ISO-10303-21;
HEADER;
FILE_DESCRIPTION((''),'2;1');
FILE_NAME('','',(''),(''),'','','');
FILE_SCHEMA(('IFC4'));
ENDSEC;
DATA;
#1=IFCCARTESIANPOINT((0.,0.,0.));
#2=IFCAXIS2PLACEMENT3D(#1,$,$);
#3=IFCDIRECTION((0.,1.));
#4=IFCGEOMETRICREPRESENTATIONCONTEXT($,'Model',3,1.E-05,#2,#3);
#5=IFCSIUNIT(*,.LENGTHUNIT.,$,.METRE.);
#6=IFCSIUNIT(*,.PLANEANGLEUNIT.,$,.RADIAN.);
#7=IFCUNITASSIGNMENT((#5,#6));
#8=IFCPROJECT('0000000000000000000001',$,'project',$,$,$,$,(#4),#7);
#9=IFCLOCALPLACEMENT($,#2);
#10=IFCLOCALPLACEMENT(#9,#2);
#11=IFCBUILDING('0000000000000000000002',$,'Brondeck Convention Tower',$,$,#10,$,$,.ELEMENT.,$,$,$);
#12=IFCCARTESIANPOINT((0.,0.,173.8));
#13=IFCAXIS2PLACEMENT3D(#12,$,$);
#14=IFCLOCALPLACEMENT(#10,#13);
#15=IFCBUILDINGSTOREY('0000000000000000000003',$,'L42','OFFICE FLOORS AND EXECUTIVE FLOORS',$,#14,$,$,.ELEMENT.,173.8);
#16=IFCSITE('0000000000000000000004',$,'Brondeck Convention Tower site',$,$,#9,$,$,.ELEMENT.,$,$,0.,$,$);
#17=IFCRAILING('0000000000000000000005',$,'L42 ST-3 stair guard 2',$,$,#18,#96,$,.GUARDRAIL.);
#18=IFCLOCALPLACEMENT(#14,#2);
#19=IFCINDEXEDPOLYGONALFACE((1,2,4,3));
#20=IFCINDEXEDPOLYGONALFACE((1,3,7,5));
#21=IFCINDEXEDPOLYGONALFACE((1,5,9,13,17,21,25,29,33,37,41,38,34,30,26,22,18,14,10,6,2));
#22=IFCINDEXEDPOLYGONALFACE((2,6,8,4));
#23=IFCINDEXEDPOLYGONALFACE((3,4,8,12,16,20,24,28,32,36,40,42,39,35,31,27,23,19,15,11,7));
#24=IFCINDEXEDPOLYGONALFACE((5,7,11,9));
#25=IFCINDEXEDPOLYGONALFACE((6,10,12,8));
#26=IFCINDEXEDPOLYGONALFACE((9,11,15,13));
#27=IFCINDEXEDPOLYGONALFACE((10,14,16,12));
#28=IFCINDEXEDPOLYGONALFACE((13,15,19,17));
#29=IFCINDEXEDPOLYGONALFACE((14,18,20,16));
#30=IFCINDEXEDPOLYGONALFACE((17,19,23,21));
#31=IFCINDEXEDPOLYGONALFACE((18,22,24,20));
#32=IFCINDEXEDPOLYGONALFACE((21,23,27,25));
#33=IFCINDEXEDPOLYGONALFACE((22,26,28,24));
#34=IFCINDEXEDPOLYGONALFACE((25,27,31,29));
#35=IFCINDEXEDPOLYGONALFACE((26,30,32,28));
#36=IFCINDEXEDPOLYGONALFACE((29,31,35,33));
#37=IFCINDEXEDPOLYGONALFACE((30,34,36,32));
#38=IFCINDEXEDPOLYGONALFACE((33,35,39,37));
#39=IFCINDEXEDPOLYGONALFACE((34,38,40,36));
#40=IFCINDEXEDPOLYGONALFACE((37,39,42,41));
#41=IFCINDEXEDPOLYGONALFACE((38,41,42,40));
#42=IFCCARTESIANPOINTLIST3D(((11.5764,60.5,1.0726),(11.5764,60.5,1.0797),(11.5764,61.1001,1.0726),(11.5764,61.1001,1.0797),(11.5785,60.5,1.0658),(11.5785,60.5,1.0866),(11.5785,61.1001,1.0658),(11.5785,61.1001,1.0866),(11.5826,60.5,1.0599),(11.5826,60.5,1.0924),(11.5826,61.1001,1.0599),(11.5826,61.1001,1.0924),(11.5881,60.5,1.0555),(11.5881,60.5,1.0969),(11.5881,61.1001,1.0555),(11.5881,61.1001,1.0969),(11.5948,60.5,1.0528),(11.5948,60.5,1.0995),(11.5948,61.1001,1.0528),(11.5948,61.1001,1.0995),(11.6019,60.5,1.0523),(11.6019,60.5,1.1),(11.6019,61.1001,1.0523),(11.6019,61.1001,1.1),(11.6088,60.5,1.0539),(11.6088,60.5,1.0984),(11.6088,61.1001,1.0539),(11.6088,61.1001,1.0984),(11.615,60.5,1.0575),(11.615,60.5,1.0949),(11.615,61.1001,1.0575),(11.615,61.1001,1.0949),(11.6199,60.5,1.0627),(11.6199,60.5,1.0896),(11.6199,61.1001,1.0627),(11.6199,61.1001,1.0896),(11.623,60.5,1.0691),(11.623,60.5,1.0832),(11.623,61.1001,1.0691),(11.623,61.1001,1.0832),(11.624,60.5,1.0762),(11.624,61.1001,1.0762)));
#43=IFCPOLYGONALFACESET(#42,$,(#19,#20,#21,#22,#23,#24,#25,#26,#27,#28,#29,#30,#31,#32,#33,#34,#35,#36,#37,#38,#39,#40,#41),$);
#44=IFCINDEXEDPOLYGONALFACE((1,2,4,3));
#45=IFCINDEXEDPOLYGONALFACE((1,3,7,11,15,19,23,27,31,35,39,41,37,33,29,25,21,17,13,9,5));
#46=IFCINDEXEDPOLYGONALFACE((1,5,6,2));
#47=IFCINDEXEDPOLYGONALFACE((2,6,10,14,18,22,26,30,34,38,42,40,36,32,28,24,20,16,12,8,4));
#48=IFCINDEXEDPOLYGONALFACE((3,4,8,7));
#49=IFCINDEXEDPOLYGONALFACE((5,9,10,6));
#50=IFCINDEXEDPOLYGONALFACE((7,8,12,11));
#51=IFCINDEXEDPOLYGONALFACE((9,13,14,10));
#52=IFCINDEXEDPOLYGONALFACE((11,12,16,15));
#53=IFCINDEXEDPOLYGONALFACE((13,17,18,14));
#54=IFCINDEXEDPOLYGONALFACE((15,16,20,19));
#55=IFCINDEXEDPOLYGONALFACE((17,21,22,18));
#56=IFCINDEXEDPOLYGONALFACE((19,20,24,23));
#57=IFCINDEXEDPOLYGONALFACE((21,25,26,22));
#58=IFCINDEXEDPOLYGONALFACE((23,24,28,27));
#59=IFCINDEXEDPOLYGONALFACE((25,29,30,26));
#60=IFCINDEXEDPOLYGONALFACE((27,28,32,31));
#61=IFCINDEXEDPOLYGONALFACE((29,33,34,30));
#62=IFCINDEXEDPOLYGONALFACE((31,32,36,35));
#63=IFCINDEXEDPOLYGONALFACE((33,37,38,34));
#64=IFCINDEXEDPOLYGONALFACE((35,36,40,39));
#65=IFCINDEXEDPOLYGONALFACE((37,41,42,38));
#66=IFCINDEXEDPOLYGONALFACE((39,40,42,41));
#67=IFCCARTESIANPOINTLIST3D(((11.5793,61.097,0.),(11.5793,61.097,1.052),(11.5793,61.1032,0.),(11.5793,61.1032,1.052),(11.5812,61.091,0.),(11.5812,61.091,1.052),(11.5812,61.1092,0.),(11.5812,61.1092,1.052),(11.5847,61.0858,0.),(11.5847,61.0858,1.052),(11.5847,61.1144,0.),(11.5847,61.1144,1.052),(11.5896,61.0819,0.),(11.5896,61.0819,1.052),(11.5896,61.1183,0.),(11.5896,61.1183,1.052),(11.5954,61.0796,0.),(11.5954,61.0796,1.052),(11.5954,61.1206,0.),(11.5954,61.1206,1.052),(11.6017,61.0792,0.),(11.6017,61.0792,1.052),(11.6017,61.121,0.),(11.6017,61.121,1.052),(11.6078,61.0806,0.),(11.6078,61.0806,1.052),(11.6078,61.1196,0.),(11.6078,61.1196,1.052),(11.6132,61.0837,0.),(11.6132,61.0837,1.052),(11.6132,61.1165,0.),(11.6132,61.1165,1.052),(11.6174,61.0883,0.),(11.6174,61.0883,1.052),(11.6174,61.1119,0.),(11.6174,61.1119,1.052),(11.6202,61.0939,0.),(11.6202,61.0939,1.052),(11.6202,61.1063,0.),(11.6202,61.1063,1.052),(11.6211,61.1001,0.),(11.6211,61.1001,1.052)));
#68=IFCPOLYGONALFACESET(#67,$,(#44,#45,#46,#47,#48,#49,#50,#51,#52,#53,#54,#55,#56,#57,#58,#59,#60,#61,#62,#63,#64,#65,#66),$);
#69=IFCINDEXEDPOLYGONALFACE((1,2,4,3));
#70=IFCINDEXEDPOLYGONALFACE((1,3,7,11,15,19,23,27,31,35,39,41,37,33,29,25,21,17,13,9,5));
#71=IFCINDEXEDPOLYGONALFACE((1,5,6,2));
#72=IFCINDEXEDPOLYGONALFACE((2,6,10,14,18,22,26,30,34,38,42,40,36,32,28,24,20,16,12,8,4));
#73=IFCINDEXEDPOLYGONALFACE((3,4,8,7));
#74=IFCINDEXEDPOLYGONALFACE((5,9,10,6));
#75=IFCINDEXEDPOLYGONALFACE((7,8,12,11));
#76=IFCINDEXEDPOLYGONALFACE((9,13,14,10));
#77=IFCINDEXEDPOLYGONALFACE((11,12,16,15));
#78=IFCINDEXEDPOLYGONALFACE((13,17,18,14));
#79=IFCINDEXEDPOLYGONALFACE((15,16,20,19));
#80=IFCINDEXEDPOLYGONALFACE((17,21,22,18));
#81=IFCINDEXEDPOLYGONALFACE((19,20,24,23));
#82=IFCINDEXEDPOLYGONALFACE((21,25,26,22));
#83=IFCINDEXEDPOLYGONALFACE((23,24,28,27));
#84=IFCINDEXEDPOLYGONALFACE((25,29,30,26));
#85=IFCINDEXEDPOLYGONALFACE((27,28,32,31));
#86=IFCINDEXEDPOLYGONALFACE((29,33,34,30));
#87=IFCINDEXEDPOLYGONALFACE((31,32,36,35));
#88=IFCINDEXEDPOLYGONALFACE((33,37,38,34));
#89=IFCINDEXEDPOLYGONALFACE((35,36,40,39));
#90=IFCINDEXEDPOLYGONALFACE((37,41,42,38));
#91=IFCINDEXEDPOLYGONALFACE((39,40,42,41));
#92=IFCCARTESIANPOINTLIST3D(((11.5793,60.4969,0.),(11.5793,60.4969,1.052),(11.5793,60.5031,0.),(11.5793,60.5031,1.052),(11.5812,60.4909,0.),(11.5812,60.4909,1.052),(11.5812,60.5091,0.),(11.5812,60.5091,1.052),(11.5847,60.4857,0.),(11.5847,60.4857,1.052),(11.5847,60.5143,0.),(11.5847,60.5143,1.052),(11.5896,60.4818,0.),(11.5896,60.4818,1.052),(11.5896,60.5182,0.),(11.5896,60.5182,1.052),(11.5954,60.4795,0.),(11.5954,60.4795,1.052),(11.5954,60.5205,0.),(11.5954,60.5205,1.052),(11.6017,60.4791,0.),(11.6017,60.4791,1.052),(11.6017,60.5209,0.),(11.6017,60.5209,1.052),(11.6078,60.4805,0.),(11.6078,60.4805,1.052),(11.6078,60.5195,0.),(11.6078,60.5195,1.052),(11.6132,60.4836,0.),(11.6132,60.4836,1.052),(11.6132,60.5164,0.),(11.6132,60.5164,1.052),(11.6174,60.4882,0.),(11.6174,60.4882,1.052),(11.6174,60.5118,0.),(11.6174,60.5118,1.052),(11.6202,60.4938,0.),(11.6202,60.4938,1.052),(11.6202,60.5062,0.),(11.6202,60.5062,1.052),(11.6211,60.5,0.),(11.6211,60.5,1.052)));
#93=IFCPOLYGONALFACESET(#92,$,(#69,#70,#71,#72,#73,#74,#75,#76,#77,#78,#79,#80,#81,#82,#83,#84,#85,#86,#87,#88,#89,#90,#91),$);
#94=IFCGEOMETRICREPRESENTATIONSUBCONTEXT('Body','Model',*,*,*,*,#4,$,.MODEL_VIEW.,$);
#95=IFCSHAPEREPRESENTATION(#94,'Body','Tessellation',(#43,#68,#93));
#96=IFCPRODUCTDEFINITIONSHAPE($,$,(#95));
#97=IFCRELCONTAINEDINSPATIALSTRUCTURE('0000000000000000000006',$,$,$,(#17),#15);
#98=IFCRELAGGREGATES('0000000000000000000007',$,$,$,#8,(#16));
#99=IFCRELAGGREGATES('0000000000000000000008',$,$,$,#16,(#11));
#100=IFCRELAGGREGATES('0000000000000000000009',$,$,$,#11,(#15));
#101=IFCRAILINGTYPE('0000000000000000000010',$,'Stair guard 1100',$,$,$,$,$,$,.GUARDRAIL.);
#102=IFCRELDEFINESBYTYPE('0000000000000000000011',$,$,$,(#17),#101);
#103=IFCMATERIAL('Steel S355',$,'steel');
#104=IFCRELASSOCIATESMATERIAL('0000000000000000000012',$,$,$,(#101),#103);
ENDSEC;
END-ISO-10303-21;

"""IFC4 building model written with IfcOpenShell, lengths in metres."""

from ifc_helpers import new_model, si_unit, direction, frame, origin, origin_2d, place, context, subcontext, project, spatial, circle, extrude, material, type_object, element, save


model = new_model("IFC4")

# Units and contexts
model_context = context("Model", 3, precision=1e-05, world=origin(), true_north=direction((0.0, 1.0)))
body_context = subcontext(model_context, "Body", "Model", "MODEL_VIEW")
ifc_project = project(units=[si_unit("LENGTHUNIT", "METRE"), si_unit("PLANEANGLEUNIT", "RADIAN")], contexts=[model_context])

# Site, building, storey
site_placement = place(None, origin())
site = spatial("IfcSite", under=ifc_project, at=site_placement, Name="Brondeck Convention Tower site", CompositionType="ELEMENT", RefElevation=0.0)
building_placement = place(site_placement, origin())
building = spatial("IfcBuilding", under=site, at=building_placement, Name="Brondeck Convention Tower", CompositionType="ELEMENT")
storey_placement = place(building_placement, frame((0.0, 0.0, 173.8)))
storey = spatial("IfcBuildingStorey", under=building, at=storey_placement, Name="L42", Description="OFFICE FLOORS AND EXECUTIVE FLOORS", CompositionType="ELEMENT", Elevation=173.8)

# Railing
ifc_material_1 = material(Name="Steel S355", Category="steel")
railing_type_1 = type_object("IfcRailingType", Name="Stair guard 1100", PredefinedType="GUARDRAIL", material=ifc_material_1)
railing_1_placement = place(storey_placement, frame((11.6001, 61.1001, 0.0)))
element("IfcRailing", 1, at=railing_1_placement, inside=storey, type_object=railing_type_1, Name="L42 ST-3 stair guard 2", PredefinedType="GUARDRAIL", context=body_context, shape_type="SweptSolid", body=[
    extrude(circle(Radius=0.0239, at=origin_2d()), frame((0.0, 0.0, 1.0762), z_axis=(0.0, -1.0, 0.0), x_axis=(1.0, 0.0, 0.0)), (0.0, 0.0, 1.0), 0.6001),
    extrude(circle(Radius=0.021, at=origin_2d()), origin(), (0.0, 0.0, 1.0), 1.052),
    extrude(circle(Radius=0.021, at=origin_2d()), frame((0.0, -0.6001, 0.0)), (0.0, 0.0, 1.0), 1.052),
])

save(model, "model.ifc")
